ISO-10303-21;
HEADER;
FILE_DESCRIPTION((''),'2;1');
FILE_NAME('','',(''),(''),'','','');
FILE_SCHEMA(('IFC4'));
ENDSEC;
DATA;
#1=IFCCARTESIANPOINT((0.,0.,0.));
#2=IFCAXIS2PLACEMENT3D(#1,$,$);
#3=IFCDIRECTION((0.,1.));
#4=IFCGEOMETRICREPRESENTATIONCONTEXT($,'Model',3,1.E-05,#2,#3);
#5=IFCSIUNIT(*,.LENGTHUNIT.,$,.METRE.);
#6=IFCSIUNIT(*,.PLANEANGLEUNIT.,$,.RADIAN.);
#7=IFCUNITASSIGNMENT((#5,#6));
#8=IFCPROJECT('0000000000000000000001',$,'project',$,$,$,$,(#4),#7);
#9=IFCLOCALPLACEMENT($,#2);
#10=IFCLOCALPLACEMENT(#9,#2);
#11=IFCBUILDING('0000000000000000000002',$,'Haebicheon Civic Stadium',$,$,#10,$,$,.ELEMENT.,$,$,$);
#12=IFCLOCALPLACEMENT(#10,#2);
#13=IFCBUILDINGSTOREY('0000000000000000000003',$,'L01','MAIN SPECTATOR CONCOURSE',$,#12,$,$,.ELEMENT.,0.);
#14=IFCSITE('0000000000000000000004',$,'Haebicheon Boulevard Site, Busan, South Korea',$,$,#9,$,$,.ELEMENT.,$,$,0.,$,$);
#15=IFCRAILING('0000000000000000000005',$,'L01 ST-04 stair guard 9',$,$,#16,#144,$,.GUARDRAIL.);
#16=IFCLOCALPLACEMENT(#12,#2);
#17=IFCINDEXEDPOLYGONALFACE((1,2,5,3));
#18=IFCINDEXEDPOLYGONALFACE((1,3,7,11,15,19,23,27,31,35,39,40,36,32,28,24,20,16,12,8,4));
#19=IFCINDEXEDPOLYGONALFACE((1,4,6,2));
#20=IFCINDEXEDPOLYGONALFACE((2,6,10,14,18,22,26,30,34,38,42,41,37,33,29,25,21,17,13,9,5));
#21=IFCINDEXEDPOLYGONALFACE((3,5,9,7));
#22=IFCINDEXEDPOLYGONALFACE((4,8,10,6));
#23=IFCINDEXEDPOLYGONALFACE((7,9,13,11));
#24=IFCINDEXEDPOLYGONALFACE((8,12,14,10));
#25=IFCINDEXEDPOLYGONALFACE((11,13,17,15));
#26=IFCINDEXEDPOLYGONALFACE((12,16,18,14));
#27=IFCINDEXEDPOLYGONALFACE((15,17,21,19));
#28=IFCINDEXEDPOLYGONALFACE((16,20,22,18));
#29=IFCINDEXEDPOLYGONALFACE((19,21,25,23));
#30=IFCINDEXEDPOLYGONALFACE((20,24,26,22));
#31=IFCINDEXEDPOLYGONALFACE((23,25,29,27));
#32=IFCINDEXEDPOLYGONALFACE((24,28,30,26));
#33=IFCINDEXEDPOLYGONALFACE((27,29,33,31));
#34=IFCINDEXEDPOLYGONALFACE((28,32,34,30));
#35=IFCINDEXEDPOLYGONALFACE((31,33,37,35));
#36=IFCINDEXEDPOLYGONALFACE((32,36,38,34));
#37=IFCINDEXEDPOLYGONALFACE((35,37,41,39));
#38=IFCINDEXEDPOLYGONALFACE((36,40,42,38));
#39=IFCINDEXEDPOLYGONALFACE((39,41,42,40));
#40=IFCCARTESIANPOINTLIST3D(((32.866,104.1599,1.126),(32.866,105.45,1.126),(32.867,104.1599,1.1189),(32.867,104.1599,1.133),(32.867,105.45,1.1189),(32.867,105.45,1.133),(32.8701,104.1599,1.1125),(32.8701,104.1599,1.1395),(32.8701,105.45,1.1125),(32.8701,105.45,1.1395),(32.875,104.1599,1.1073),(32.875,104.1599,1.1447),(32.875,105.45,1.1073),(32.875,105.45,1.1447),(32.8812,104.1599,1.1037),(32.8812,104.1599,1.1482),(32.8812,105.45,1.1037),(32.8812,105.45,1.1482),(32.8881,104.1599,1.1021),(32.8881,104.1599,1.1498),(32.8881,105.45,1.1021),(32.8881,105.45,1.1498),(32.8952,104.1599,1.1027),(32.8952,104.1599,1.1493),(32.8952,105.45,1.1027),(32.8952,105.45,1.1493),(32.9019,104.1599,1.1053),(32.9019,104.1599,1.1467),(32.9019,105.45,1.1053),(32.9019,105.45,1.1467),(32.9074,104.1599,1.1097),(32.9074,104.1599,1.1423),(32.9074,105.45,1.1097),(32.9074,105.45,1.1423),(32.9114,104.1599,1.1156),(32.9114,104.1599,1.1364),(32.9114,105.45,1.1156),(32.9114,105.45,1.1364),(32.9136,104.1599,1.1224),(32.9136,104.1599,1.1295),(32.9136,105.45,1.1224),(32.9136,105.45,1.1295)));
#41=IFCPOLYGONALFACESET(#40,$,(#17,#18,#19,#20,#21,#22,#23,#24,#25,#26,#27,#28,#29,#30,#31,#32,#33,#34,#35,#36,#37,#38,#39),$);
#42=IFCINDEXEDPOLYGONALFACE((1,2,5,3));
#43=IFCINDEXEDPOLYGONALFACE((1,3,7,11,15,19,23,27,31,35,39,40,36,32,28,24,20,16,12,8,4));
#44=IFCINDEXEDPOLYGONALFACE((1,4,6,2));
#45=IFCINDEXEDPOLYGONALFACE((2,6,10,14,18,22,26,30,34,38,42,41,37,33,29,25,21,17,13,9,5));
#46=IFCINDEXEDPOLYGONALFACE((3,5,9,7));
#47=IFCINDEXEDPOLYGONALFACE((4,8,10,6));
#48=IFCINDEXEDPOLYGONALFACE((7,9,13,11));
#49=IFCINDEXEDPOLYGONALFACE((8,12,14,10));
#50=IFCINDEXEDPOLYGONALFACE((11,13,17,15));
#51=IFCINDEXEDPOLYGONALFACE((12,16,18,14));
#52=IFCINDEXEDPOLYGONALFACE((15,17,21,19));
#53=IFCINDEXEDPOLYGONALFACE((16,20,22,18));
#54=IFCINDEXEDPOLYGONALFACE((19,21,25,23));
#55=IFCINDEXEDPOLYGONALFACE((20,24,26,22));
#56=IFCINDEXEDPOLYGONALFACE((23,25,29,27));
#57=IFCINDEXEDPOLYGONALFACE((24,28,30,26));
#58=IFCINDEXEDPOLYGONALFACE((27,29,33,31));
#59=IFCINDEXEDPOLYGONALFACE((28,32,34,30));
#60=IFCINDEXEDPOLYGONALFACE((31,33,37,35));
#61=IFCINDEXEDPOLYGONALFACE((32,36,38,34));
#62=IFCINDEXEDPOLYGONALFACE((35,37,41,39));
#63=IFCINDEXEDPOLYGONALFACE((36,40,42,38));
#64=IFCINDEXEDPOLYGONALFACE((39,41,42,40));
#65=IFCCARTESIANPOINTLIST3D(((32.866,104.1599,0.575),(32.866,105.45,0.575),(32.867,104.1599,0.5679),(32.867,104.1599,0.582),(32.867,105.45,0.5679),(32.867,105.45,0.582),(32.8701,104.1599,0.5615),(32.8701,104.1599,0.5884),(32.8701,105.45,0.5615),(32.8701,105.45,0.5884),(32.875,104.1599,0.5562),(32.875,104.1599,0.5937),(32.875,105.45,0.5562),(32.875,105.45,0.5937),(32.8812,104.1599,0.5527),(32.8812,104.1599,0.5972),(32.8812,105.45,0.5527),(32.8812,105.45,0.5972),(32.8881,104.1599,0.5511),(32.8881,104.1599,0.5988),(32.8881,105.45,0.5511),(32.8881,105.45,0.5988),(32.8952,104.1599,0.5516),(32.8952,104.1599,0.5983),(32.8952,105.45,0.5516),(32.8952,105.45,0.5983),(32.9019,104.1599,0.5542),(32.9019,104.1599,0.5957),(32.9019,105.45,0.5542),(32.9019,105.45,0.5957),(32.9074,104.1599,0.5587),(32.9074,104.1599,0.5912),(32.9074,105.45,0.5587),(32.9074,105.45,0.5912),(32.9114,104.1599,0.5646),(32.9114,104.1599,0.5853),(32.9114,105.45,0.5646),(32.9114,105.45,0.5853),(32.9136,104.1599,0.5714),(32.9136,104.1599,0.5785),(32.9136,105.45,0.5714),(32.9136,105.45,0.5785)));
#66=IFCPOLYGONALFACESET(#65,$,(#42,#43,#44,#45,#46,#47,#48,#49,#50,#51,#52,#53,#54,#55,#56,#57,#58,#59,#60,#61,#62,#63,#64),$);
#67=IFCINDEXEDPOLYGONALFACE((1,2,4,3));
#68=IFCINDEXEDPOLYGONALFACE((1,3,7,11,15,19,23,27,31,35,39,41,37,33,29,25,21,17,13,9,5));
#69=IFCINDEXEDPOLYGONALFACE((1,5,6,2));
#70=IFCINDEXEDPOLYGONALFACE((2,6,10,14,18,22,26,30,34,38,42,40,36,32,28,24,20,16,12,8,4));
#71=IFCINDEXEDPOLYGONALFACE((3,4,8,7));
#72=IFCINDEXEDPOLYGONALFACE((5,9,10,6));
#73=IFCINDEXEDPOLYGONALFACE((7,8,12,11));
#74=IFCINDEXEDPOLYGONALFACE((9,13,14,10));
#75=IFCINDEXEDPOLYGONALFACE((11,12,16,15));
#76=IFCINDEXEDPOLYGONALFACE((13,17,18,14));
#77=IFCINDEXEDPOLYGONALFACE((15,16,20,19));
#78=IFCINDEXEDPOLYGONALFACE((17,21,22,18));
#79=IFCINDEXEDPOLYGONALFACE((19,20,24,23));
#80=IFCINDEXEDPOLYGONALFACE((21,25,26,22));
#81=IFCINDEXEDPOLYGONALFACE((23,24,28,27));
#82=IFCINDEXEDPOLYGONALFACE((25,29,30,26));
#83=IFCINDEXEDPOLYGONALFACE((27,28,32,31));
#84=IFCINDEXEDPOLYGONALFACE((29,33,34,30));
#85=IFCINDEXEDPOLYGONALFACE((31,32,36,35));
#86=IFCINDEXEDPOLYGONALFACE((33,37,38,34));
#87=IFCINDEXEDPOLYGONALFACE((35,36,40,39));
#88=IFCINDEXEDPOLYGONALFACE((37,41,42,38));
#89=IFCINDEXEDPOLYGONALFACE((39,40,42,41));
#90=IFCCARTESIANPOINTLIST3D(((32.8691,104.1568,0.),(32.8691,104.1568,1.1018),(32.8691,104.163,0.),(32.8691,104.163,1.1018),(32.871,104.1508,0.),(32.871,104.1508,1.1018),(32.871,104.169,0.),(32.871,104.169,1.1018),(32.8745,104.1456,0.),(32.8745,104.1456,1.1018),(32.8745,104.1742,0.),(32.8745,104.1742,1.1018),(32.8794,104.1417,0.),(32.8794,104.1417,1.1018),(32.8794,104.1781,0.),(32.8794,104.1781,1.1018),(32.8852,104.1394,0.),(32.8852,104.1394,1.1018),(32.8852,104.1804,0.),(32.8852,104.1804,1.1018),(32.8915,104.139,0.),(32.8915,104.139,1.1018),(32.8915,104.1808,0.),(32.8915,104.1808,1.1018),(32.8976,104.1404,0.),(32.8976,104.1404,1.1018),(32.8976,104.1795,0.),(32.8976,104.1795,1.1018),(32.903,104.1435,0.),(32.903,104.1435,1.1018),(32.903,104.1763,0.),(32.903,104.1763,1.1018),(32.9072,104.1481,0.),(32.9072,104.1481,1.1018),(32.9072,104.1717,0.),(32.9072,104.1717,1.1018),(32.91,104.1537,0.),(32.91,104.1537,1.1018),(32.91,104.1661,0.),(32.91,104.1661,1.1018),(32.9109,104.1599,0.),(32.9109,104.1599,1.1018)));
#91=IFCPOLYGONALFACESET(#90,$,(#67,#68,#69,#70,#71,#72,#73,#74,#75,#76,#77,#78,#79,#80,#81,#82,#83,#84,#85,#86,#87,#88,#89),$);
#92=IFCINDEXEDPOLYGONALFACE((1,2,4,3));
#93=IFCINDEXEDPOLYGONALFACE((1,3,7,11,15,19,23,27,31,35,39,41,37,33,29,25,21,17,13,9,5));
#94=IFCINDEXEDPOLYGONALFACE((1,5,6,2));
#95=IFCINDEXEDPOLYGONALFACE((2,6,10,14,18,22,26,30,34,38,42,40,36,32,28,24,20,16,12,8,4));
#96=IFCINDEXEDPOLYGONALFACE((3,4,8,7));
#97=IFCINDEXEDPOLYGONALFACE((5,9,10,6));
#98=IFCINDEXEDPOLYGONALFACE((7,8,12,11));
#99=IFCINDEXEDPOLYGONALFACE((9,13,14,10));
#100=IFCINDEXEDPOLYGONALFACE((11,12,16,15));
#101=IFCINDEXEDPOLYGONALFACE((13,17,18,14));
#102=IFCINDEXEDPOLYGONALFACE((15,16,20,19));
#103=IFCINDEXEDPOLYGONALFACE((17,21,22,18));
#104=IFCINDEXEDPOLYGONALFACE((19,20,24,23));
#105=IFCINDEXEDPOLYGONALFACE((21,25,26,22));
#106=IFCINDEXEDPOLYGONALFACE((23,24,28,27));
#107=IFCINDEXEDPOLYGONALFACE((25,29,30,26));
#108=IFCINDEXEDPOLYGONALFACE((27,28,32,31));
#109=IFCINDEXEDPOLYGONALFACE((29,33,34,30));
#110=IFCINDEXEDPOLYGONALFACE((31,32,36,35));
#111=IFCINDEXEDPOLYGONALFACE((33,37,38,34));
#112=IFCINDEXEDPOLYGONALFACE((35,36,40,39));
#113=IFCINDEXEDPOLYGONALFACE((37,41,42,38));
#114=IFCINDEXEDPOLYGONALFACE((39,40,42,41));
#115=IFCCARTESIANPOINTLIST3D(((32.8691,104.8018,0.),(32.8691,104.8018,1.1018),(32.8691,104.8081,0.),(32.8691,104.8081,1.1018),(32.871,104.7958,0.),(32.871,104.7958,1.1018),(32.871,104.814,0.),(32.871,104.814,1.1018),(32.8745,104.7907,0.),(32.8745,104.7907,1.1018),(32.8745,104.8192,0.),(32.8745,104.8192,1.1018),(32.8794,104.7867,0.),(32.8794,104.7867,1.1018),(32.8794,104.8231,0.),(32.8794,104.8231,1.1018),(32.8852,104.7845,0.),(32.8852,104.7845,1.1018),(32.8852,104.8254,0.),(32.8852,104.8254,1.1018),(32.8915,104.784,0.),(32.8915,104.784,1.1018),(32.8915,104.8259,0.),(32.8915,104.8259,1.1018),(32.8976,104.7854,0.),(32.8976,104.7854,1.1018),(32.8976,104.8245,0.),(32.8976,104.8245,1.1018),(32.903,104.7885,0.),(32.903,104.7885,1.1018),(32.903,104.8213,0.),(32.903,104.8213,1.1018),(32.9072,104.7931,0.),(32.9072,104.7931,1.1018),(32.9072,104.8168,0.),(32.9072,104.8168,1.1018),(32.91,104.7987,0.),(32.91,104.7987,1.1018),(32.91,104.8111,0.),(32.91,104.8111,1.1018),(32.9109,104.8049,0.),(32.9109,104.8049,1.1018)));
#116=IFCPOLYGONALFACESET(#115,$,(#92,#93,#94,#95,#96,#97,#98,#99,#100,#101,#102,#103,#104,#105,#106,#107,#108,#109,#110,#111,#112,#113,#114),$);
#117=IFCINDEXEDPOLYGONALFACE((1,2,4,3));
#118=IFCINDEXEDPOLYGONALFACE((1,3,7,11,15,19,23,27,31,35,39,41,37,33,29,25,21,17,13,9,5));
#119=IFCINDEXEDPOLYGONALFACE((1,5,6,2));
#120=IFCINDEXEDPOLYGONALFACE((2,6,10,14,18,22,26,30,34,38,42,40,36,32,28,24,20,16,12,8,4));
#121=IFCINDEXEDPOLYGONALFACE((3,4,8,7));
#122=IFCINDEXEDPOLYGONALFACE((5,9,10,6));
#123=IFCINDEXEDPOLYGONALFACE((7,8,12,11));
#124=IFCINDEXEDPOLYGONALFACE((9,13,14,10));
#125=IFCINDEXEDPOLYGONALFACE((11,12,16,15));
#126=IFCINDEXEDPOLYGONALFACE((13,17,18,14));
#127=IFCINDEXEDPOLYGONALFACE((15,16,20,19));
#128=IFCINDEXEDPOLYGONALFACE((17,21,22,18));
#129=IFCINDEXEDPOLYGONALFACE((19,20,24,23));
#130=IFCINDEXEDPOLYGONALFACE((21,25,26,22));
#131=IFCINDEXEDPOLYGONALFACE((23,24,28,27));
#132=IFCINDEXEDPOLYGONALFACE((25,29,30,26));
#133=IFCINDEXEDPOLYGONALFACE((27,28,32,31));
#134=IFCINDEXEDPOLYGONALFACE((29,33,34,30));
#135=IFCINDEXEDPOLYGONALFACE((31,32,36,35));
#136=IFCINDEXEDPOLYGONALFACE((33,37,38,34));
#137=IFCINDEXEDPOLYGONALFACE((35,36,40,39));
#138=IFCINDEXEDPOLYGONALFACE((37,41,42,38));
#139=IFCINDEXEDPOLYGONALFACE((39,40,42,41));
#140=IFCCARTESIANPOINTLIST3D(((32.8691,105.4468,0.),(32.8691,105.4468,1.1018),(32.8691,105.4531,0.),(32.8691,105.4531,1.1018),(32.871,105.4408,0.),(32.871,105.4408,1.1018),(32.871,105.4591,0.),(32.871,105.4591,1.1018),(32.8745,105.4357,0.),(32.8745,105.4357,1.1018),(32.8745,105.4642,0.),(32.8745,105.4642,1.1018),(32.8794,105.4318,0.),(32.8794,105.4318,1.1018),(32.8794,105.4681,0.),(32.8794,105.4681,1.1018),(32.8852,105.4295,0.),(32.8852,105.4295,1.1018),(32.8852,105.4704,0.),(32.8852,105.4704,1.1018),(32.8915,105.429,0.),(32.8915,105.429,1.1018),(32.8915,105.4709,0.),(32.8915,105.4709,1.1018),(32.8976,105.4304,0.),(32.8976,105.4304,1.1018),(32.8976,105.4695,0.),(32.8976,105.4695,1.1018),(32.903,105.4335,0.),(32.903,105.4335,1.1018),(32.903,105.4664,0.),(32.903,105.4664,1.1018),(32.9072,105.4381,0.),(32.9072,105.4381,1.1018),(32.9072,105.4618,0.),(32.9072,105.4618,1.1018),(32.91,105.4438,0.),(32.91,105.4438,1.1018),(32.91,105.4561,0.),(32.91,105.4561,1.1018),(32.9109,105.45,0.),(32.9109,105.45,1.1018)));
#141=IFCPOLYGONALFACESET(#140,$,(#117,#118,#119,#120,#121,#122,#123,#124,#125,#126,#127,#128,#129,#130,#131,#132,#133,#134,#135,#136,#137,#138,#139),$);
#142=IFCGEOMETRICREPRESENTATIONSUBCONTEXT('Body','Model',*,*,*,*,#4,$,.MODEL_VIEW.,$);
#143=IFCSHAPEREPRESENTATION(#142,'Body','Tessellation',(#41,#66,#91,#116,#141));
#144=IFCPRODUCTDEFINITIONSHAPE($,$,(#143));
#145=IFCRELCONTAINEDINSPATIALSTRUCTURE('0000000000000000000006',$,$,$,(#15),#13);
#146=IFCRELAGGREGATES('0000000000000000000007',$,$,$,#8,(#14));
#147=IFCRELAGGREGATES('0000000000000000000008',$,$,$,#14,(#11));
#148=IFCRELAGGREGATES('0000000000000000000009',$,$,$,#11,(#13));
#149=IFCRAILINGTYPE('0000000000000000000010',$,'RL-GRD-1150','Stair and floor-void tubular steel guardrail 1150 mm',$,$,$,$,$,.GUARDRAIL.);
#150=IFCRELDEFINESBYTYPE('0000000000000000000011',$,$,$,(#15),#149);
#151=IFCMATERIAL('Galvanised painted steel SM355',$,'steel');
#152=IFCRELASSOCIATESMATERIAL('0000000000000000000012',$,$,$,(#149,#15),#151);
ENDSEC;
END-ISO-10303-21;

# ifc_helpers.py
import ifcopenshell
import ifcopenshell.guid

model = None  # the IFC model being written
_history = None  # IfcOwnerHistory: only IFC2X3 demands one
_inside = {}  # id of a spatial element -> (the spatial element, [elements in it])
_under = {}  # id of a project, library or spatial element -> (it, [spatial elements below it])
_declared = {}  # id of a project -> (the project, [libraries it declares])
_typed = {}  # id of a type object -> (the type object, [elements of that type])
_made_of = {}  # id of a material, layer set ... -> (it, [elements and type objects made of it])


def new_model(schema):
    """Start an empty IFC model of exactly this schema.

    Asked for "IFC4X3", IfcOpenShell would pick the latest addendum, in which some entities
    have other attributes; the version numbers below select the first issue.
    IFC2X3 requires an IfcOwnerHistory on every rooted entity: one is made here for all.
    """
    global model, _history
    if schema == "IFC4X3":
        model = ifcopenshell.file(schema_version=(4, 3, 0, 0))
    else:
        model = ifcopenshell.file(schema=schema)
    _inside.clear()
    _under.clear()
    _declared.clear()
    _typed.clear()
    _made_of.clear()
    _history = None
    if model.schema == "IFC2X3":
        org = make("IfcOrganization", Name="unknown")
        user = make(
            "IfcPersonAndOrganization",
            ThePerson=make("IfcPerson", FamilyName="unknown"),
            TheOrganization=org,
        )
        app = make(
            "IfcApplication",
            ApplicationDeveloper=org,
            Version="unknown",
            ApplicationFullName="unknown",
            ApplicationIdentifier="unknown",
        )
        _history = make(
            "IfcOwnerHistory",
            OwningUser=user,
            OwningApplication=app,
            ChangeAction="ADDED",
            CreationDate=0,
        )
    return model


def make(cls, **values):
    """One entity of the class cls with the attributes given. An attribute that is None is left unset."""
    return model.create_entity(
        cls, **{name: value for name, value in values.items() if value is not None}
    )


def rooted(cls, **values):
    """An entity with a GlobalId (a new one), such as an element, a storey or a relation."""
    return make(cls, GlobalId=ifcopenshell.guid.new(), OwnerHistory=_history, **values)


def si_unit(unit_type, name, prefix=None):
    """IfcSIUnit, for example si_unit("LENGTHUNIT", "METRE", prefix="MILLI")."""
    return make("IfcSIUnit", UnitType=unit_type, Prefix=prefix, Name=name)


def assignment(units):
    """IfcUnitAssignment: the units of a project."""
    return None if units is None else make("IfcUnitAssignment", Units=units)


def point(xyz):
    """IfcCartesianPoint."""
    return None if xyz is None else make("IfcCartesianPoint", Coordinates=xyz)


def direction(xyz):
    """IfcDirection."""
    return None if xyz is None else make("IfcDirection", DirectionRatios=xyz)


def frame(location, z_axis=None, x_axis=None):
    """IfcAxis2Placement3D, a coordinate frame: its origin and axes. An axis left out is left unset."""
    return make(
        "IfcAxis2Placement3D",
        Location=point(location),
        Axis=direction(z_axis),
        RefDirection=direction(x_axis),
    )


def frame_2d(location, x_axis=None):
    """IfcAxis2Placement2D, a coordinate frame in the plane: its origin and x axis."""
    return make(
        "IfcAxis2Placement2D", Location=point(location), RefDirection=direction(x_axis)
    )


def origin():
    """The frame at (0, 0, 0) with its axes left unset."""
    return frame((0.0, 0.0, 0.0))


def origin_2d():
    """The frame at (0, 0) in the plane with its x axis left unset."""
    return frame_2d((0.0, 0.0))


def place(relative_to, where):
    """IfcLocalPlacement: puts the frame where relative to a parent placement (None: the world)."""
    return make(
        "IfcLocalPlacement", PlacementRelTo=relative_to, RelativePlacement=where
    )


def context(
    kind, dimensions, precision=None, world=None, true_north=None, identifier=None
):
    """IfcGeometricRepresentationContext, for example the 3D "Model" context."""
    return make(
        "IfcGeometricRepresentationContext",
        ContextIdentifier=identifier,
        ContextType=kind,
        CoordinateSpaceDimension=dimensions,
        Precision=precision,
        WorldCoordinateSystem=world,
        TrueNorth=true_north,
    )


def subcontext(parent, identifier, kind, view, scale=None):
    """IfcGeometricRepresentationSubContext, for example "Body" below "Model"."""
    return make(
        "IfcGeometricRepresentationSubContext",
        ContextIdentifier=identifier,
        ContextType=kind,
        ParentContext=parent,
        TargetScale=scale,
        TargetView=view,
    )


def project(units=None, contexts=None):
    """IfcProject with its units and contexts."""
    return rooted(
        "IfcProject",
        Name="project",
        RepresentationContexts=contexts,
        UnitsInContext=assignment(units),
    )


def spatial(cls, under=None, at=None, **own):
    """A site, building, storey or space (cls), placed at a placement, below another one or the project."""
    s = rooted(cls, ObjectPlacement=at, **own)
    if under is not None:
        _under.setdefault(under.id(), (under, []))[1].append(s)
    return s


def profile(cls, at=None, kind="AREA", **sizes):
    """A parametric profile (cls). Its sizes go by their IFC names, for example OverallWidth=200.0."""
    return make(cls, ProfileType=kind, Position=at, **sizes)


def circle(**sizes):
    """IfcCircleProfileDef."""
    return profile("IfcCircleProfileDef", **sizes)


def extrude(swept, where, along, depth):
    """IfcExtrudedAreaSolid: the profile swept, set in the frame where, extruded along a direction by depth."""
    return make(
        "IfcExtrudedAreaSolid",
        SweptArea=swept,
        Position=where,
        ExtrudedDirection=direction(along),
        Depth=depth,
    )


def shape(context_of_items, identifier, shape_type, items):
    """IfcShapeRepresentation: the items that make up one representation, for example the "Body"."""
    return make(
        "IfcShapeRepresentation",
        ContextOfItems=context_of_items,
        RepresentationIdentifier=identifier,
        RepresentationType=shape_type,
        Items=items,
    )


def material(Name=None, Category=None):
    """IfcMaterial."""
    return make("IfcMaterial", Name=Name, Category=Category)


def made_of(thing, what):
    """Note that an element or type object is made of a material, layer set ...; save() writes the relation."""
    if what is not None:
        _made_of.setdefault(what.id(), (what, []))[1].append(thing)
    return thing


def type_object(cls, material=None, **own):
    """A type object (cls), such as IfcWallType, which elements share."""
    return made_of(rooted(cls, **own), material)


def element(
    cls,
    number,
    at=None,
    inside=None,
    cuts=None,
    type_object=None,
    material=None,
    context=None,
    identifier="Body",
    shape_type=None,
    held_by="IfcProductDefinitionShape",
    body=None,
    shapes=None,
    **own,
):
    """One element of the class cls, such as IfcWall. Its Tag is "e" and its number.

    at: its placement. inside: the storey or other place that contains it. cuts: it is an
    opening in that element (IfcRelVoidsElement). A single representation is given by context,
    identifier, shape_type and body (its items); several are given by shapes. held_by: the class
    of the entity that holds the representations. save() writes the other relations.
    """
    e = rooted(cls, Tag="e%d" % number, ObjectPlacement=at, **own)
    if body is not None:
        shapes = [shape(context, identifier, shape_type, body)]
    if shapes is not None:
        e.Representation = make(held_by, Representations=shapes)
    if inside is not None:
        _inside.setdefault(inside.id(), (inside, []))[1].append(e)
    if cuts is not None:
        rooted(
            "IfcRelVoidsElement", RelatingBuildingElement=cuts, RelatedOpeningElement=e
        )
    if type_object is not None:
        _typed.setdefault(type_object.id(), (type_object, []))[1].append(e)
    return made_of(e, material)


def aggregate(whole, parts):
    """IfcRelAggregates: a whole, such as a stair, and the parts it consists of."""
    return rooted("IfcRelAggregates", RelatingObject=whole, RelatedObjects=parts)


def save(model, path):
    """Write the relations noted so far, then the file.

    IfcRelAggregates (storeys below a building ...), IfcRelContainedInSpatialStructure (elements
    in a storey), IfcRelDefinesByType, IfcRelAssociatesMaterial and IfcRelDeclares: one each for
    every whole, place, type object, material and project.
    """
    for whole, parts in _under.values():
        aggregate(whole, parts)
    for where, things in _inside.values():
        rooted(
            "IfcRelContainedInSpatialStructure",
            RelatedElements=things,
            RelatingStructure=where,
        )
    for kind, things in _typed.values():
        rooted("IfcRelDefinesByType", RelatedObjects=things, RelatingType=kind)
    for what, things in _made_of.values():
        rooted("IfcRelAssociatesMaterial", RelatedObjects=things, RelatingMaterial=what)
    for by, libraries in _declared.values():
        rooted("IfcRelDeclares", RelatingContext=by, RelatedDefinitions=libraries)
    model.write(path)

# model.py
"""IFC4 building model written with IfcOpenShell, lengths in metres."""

from ifc_helpers import new_model, si_unit, direction, frame, origin, origin_2d, place, context, subcontext, project, spatial, circle, extrude, material, type_object, element, save


model = new_model("IFC4")

# Units and contexts
model_context = context("Model", 3, precision=1e-05, world=origin(), true_north=direction((0.0, 1.0)))
body_context = subcontext(model_context, "Body", "Model", "MODEL_VIEW")
ifc_project = project(units=[si_unit("LENGTHUNIT", "METRE"), si_unit("PLANEANGLEUNIT", "RADIAN")], contexts=[model_context])

# Site, building, storey
site_placement = place(None, origin())
site = spatial("IfcSite", under=ifc_project, at=site_placement, Name="Haebicheon Boulevard Site, Busan, South Korea", CompositionType="ELEMENT", RefElevation=0.0)
building_placement = place(site_placement, origin())
building = spatial("IfcBuilding", under=site, at=building_placement, Name="Haebicheon Civic Stadium", CompositionType="ELEMENT")
storey_placement = place(building_placement, origin())
storey = spatial("IfcBuildingStorey", under=building, at=storey_placement, Name="L01", Description="MAIN SPECTATOR CONCOURSE", CompositionType="ELEMENT", Elevation=0.0)

# Railing
ifc_material_1 = material(Name="Galvanised painted steel SM355", Category="steel")
railing_type_1 = type_object("IfcRailingType", Name="RL-GRD-1150", Description="Stair and floor-void tubular steel guardrail 1150 mm", PredefinedType="GUARDRAIL", material=ifc_material_1)
for number, where, name in (
    (1, (32.8899, 104.1599, 0.0), "L01 ST-04 stair guard 9"),
):
    element("IfcRailing", number, at=place(storey_placement, frame(where)), inside=storey, type_object=railing_type_1, material=ifc_material_1, Name=name, PredefinedType="GUARDRAIL", context=body_context, shape_type="SweptSolid", body=[
        extrude(circle(Radius=0.0239, at=origin_2d()), frame((0.0, 0.0, 1.126), z_axis=(0.0, 1.0, 0.0), x_axis=(-1.0, 0.0, 0.0)), (0.0, 0.0, 1.0), 1.29),
        extrude(circle(Radius=0.0239, at=origin_2d()), frame((0.0, 0.0, 0.575), z_axis=(0.0, 1.0, 0.0), x_axis=(-1.0, 0.0, 0.0)), (0.0, 0.0, 1.0), 1.29),
        extrude(circle(Radius=0.021, at=origin_2d()), origin(), (0.0, 0.0, 1.0), 1.1018),
        extrude(circle(Radius=0.021, at=origin_2d()), frame((0.0, 0.645, 0.0)), (0.0, 0.0, 1.0), 1.1018),
        extrude(circle(Radius=0.021, at=origin_2d()), frame((0.0, 1.29, 0.0)), (0.0, 0.0, 1.0), 1.1018),
    ])

save(model, "model.ifc")
